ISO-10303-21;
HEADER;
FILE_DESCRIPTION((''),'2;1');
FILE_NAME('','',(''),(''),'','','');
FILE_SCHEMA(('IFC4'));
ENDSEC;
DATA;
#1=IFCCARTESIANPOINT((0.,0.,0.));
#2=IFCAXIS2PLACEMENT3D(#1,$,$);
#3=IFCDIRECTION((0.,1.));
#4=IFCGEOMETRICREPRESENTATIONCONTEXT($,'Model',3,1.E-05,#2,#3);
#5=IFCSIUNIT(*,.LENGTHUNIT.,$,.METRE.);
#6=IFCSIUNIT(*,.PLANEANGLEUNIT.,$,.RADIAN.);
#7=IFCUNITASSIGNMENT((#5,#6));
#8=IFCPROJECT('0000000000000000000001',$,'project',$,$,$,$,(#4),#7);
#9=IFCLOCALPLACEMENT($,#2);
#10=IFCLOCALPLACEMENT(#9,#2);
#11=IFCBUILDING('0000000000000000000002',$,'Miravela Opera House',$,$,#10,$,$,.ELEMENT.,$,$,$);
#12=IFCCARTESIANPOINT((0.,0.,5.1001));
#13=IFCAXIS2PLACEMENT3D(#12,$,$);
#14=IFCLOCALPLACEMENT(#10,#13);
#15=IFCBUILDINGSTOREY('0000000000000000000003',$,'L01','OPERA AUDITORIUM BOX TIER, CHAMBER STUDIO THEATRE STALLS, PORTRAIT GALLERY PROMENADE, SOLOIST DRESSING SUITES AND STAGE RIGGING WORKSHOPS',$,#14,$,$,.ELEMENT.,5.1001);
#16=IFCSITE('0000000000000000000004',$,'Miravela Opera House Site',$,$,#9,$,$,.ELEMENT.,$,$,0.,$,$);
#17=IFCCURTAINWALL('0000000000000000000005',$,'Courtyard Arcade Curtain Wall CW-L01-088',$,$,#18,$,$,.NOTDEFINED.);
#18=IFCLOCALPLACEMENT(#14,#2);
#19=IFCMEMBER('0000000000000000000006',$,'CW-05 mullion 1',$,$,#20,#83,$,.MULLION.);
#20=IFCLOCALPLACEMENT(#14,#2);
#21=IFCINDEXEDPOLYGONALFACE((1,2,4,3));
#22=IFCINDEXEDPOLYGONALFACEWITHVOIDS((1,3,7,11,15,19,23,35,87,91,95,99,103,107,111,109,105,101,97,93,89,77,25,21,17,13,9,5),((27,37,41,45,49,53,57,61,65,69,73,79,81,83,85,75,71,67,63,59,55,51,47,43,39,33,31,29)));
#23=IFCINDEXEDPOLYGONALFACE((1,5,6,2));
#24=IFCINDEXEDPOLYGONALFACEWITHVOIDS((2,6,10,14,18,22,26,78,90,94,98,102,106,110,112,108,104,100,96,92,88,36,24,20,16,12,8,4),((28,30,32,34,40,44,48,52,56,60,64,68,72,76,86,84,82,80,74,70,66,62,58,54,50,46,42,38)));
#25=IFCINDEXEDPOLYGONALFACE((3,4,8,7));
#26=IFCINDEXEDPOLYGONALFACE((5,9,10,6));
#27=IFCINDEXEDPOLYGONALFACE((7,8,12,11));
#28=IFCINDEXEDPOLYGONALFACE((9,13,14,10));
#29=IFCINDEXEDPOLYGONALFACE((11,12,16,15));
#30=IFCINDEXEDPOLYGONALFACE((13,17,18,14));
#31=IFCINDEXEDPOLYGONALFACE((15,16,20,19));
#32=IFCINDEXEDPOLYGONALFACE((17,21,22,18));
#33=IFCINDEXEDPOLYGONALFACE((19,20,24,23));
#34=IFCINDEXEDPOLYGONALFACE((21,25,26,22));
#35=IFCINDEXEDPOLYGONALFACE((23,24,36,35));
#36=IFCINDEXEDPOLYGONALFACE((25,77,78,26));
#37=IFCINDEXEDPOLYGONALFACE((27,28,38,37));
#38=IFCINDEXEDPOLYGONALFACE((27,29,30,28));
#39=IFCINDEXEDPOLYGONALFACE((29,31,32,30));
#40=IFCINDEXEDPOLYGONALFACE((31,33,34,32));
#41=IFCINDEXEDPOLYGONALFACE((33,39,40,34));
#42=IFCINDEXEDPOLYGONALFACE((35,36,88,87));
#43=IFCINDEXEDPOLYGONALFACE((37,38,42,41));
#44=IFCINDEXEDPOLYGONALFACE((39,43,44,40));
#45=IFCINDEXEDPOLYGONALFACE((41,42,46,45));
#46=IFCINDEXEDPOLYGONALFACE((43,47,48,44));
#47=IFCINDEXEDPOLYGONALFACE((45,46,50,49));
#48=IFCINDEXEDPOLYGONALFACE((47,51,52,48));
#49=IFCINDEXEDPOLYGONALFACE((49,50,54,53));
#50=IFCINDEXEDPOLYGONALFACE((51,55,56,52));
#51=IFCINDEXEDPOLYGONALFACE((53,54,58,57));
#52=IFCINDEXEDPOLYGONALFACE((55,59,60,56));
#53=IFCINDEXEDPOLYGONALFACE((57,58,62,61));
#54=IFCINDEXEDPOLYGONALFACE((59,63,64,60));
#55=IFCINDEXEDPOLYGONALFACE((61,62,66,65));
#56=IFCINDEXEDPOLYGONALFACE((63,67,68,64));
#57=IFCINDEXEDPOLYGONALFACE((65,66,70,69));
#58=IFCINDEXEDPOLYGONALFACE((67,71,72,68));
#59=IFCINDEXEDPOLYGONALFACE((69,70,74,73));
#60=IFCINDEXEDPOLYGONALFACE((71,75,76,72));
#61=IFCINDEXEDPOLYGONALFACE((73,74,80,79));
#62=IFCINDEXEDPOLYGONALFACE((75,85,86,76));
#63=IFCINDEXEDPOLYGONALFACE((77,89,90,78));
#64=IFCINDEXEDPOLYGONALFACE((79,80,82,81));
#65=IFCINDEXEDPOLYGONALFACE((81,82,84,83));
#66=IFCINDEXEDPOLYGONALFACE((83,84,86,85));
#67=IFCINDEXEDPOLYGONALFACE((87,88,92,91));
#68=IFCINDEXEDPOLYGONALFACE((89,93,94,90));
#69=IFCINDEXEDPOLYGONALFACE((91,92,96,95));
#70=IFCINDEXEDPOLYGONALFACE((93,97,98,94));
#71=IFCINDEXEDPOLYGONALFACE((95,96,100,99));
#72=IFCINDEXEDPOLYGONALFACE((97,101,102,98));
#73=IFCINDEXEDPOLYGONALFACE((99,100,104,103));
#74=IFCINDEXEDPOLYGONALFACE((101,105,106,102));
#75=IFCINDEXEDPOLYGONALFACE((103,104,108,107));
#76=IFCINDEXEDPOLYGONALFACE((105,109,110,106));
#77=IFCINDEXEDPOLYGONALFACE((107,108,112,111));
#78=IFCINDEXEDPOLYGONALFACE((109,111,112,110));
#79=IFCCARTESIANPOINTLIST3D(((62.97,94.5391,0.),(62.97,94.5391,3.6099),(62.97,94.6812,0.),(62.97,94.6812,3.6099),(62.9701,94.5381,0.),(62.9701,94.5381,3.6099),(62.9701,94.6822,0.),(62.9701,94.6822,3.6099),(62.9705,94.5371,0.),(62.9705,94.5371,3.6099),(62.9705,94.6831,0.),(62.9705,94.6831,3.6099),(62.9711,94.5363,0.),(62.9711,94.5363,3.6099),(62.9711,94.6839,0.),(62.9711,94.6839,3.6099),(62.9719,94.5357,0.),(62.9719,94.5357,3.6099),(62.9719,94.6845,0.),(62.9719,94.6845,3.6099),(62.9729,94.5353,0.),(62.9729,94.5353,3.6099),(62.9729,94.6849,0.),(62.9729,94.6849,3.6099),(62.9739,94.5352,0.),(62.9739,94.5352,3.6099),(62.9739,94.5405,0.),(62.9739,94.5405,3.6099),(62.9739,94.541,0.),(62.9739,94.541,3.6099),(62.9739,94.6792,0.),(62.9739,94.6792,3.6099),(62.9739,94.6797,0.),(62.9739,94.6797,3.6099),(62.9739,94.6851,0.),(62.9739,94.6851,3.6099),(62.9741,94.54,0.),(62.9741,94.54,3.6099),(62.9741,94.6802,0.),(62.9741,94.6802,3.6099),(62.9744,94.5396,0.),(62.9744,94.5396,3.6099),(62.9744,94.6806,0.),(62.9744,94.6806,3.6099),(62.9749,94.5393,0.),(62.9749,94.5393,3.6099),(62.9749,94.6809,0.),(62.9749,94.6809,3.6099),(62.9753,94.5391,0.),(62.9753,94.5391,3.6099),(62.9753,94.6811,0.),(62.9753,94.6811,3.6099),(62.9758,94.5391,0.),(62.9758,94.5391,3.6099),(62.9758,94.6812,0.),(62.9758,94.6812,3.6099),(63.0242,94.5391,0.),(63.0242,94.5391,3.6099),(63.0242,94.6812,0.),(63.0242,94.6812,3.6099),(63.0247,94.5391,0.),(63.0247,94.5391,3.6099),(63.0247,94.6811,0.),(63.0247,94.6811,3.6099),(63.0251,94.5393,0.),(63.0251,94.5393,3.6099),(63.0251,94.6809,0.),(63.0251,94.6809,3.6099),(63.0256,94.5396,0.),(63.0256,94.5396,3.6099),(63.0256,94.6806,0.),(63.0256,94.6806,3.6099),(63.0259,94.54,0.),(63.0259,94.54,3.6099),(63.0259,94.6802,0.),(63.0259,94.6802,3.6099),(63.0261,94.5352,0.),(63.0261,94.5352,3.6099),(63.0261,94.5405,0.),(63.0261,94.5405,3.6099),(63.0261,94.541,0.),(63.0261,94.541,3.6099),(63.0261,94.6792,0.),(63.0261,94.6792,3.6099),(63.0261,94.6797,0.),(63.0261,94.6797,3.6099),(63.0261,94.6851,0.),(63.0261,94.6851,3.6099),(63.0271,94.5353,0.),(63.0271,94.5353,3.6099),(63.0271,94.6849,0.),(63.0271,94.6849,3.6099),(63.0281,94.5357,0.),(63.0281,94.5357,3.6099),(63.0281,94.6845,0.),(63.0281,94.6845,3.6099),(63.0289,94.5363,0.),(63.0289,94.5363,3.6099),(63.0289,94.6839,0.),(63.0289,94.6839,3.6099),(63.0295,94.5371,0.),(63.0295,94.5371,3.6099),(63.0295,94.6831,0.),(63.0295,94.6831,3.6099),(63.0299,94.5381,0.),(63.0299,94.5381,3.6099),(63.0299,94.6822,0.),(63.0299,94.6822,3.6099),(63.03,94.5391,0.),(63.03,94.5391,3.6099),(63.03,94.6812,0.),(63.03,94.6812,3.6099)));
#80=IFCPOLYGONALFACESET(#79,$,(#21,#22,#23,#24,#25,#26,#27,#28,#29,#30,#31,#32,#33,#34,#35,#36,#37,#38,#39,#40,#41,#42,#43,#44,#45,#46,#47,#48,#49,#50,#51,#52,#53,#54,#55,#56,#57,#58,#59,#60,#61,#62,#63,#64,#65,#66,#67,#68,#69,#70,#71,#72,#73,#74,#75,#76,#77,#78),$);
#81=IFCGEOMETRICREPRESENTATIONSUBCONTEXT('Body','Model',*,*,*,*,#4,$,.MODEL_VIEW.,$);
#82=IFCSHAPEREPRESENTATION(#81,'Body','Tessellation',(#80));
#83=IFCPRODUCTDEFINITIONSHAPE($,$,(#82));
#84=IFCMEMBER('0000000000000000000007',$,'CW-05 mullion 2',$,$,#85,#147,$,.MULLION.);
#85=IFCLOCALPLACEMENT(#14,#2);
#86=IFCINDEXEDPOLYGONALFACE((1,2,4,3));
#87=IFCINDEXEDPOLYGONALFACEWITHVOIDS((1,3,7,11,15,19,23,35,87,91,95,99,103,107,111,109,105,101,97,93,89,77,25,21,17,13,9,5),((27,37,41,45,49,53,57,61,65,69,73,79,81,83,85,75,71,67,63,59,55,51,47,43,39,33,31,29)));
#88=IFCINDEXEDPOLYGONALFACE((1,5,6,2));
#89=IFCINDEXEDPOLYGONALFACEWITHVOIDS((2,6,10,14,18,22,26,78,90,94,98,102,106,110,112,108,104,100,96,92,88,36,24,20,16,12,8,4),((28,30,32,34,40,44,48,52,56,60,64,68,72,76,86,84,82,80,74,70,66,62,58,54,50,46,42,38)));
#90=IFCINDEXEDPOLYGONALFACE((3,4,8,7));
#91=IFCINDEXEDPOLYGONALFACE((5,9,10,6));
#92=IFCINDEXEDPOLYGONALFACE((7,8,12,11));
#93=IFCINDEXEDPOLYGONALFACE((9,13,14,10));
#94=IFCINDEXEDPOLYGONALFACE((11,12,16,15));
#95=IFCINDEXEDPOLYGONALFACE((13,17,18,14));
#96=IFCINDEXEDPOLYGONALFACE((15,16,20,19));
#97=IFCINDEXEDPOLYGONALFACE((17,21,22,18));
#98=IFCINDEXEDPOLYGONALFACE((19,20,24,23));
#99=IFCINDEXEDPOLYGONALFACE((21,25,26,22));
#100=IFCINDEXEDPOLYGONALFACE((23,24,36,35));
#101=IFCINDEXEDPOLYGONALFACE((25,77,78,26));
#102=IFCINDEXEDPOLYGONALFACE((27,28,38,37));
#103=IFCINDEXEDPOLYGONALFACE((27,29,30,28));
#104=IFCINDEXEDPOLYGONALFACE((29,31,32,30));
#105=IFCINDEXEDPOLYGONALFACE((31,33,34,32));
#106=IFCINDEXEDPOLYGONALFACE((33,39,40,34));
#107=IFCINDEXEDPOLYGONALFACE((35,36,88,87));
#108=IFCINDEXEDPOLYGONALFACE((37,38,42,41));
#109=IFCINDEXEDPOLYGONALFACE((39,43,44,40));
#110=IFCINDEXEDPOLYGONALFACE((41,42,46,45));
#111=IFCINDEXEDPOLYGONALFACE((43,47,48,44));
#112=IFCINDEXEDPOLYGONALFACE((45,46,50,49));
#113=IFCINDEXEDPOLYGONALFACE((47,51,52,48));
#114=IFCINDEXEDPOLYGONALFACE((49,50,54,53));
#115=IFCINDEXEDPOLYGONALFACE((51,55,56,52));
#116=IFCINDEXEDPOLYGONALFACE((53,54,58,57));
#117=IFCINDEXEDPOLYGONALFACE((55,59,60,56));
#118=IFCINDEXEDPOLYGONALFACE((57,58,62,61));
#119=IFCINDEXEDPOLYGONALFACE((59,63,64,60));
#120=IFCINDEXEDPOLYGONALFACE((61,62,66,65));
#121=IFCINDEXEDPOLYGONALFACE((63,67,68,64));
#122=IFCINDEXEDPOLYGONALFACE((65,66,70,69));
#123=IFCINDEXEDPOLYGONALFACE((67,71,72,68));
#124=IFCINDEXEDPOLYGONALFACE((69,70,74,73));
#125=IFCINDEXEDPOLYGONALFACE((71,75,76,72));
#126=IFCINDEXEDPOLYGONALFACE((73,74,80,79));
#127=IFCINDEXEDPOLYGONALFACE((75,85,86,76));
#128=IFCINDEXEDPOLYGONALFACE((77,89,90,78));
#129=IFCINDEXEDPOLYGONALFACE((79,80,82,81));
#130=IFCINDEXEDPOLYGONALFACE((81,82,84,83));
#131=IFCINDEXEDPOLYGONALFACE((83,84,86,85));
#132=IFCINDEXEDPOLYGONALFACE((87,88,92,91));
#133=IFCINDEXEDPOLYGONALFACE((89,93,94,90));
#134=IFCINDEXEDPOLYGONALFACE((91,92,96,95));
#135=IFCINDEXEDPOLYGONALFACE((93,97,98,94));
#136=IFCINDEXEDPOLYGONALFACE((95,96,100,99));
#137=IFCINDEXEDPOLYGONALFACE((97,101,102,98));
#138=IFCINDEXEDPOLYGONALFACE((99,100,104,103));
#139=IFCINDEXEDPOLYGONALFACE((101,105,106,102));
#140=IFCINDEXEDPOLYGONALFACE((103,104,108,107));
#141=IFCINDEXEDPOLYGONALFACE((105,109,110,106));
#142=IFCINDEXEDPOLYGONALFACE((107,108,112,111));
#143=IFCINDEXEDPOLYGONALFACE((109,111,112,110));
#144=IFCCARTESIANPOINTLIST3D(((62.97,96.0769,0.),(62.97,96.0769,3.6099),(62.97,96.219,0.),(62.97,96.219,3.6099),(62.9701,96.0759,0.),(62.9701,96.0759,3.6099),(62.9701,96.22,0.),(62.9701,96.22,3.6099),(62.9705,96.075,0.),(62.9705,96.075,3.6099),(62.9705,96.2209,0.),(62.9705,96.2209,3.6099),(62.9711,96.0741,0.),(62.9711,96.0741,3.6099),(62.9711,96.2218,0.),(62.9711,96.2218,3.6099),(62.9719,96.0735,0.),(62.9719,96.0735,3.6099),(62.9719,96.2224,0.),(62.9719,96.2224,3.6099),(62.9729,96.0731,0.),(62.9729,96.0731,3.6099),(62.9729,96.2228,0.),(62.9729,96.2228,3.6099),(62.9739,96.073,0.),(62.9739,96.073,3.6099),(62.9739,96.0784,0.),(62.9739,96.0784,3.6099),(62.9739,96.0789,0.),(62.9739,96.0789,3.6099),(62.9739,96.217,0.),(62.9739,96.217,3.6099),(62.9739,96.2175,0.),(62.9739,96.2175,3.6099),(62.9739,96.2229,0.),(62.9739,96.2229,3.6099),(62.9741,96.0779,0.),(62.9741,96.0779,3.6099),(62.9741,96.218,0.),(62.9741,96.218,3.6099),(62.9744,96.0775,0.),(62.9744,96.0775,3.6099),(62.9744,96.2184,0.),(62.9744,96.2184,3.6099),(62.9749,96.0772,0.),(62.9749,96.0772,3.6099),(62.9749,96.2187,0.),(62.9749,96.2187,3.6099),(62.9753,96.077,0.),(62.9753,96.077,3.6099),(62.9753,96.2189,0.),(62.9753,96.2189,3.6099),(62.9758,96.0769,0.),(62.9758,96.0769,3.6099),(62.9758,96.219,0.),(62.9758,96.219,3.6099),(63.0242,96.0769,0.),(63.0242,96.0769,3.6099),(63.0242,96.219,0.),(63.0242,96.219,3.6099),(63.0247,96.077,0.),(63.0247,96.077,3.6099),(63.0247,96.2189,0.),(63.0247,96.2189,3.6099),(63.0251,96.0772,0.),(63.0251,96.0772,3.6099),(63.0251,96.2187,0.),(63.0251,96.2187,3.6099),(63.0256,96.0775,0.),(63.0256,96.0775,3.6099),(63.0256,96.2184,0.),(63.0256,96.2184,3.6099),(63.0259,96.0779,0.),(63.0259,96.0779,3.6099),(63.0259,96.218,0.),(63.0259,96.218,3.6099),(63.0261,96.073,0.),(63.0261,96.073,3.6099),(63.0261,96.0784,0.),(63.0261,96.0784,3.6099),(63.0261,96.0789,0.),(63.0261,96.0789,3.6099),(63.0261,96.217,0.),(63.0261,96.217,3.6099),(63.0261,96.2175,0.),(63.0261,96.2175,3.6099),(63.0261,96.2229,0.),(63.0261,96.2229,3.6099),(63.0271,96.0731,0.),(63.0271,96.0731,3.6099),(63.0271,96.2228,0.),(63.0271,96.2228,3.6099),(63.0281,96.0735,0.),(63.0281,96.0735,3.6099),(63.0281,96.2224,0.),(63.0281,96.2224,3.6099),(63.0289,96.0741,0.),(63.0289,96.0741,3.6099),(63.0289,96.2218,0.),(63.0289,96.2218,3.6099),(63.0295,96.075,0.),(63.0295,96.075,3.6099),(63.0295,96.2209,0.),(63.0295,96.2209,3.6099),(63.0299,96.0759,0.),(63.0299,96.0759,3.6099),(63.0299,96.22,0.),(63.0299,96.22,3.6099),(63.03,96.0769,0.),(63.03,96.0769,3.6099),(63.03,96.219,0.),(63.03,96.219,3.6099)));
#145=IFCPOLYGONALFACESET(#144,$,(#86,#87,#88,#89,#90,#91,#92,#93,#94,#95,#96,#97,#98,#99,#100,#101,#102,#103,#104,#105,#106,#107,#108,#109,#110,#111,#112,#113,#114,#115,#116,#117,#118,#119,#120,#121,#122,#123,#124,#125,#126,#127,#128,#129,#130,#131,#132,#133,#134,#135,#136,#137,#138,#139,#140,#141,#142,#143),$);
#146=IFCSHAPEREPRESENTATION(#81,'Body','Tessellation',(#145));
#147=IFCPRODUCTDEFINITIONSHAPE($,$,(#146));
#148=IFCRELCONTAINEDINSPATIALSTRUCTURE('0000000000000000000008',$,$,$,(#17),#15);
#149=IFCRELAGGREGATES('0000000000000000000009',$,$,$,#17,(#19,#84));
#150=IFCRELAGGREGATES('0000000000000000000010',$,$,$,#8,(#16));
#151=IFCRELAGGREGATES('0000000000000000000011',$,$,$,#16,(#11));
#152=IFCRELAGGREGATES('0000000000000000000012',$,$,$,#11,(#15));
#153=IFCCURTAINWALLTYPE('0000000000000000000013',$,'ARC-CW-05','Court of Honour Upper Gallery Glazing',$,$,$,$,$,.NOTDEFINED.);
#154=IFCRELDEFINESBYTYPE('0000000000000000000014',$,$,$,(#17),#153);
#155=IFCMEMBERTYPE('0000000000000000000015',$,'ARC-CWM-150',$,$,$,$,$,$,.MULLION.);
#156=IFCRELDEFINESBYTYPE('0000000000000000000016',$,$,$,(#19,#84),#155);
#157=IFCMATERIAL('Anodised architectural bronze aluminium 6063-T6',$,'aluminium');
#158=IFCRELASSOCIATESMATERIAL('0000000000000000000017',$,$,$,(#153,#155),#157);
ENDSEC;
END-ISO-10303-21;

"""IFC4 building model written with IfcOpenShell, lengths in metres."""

from ifc_helpers import new_model, si_unit, direction, frame, origin, origin_2d, place, context, subcontext, project, spatial, hollow_rectangle, extrude, material, material_profile, profile_set, type_object, element, aggregate, save


model = new_model("IFC4")

# Units and contexts
model_context = context("Model", 3, precision=1e-05, world=origin(), true_north=direction((0.0, 1.0)))
body_context = subcontext(model_context, "Body", "Model", "MODEL_VIEW")
ifc_project = project(units=[si_unit("LENGTHUNIT", "METRE"), si_unit("PLANEANGLEUNIT", "RADIAN")], contexts=[model_context])

# Site, building, storey
site_placement = place(None, origin())
site = spatial("IfcSite", under=ifc_project, at=site_placement, Name="Miravela Opera House Site", CompositionType="ELEMENT", RefElevation=0.0)
building_placement = place(site_placement, origin())
building = spatial("IfcBuilding", under=site, at=building_placement, Name="Miravela Opera House", CompositionType="ELEMENT")
storey_placement = place(building_placement, frame((0.0, 0.0, 5.1001)))
storey = spatial("IfcBuildingStorey", under=building, at=storey_placement, Name="L01", Description="OPERA AUDITORIUM BOX TIER, CHAMBER STUDIO THEATRE STALLS, PORTRAIT GALLERY PROMENADE, SOLOIST DRESSING SUITES AND STAGE RIGGING WORKSHOPS", CompositionType="ELEMENT", Elevation=5.1001)

# Curtain wall, members
ifc_material_1 = material(Name="Anodised architectural bronze aluminium 6063-T6", Category="aluminium")
curtain_wall_type = type_object("IfcCurtainWallType", Name="ARC-CW-05", Description="Court of Honour Upper Gallery Glazing", PredefinedType="NOTDEFINED", material=ifc_material_1)
curtain_wall_1_placement = place(storey_placement, origin())
curtain_wall_1 = element("IfcCurtainWall", 1, at=curtain_wall_1_placement, inside=storey, type_object=curtain_wall_type, Name="Courtyard Arcade Curtain Wall CW-L01-088", PredefinedType="NOTDEFINED")
ifc_material_profile_1 = material_profile(ifc_material_1, hollow_rectangle(XDim=0.0601, YDim=0.1499, WallThickness=0.0039, InnerFilletRadius=0.002, OuterFilletRadius=0.0039, at=origin_2d()), Name="CWM-60X150")
ifc_profile_set_1 = profile_set([ifc_material_profile_1])
member_type_1 = type_object("IfcMemberType", Name="ARC-CWM-150", PredefinedType="MULLION", material=ifc_profile_set_1)
member_1_placement = place(storey_placement, frame((63.0, 94.6101, 0.0), z_axis=(0.0, 0.0, 1.0), x_axis=(-1.0, 0.0, 0.0)))
member_1 = element("IfcMember", 2, at=member_1_placement, type_object=member_type_1, Name="CW-05 mullion 1", PredefinedType="MULLION", context=body_context, shape_type="SweptSolid", body=[
    extrude(hollow_rectangle(XDim=0.0601, YDim=0.1499, WallThickness=0.0039, InnerFilletRadius=0.002, OuterFilletRadius=0.0039, at=origin_2d()), origin(), (0.0, 0.0, 1.0), 3.6099),
])
member_2_placement = place(storey_placement, frame((63.0, 96.1479, 0.0), z_axis=(0.0, 0.0, 1.0), x_axis=(-1.0, 0.0, 0.0)))
member_2 = element("IfcMember", 3, at=member_2_placement, type_object=member_type_1, Name="CW-05 mullion 2", PredefinedType="MULLION", context=body_context, shape_type="SweptSolid", body=[
    extrude(hollow_rectangle(XDim=0.0601, YDim=0.1499, WallThickness=0.0039, InnerFilletRadius=0.002, OuterFilletRadius=0.0039, at=origin_2d()), origin(), (0.0, 0.0, 1.0), 3.6099),
])

aggregate(curtain_wall_1, [member_1, member_2])

save(model, "model.ifc")
